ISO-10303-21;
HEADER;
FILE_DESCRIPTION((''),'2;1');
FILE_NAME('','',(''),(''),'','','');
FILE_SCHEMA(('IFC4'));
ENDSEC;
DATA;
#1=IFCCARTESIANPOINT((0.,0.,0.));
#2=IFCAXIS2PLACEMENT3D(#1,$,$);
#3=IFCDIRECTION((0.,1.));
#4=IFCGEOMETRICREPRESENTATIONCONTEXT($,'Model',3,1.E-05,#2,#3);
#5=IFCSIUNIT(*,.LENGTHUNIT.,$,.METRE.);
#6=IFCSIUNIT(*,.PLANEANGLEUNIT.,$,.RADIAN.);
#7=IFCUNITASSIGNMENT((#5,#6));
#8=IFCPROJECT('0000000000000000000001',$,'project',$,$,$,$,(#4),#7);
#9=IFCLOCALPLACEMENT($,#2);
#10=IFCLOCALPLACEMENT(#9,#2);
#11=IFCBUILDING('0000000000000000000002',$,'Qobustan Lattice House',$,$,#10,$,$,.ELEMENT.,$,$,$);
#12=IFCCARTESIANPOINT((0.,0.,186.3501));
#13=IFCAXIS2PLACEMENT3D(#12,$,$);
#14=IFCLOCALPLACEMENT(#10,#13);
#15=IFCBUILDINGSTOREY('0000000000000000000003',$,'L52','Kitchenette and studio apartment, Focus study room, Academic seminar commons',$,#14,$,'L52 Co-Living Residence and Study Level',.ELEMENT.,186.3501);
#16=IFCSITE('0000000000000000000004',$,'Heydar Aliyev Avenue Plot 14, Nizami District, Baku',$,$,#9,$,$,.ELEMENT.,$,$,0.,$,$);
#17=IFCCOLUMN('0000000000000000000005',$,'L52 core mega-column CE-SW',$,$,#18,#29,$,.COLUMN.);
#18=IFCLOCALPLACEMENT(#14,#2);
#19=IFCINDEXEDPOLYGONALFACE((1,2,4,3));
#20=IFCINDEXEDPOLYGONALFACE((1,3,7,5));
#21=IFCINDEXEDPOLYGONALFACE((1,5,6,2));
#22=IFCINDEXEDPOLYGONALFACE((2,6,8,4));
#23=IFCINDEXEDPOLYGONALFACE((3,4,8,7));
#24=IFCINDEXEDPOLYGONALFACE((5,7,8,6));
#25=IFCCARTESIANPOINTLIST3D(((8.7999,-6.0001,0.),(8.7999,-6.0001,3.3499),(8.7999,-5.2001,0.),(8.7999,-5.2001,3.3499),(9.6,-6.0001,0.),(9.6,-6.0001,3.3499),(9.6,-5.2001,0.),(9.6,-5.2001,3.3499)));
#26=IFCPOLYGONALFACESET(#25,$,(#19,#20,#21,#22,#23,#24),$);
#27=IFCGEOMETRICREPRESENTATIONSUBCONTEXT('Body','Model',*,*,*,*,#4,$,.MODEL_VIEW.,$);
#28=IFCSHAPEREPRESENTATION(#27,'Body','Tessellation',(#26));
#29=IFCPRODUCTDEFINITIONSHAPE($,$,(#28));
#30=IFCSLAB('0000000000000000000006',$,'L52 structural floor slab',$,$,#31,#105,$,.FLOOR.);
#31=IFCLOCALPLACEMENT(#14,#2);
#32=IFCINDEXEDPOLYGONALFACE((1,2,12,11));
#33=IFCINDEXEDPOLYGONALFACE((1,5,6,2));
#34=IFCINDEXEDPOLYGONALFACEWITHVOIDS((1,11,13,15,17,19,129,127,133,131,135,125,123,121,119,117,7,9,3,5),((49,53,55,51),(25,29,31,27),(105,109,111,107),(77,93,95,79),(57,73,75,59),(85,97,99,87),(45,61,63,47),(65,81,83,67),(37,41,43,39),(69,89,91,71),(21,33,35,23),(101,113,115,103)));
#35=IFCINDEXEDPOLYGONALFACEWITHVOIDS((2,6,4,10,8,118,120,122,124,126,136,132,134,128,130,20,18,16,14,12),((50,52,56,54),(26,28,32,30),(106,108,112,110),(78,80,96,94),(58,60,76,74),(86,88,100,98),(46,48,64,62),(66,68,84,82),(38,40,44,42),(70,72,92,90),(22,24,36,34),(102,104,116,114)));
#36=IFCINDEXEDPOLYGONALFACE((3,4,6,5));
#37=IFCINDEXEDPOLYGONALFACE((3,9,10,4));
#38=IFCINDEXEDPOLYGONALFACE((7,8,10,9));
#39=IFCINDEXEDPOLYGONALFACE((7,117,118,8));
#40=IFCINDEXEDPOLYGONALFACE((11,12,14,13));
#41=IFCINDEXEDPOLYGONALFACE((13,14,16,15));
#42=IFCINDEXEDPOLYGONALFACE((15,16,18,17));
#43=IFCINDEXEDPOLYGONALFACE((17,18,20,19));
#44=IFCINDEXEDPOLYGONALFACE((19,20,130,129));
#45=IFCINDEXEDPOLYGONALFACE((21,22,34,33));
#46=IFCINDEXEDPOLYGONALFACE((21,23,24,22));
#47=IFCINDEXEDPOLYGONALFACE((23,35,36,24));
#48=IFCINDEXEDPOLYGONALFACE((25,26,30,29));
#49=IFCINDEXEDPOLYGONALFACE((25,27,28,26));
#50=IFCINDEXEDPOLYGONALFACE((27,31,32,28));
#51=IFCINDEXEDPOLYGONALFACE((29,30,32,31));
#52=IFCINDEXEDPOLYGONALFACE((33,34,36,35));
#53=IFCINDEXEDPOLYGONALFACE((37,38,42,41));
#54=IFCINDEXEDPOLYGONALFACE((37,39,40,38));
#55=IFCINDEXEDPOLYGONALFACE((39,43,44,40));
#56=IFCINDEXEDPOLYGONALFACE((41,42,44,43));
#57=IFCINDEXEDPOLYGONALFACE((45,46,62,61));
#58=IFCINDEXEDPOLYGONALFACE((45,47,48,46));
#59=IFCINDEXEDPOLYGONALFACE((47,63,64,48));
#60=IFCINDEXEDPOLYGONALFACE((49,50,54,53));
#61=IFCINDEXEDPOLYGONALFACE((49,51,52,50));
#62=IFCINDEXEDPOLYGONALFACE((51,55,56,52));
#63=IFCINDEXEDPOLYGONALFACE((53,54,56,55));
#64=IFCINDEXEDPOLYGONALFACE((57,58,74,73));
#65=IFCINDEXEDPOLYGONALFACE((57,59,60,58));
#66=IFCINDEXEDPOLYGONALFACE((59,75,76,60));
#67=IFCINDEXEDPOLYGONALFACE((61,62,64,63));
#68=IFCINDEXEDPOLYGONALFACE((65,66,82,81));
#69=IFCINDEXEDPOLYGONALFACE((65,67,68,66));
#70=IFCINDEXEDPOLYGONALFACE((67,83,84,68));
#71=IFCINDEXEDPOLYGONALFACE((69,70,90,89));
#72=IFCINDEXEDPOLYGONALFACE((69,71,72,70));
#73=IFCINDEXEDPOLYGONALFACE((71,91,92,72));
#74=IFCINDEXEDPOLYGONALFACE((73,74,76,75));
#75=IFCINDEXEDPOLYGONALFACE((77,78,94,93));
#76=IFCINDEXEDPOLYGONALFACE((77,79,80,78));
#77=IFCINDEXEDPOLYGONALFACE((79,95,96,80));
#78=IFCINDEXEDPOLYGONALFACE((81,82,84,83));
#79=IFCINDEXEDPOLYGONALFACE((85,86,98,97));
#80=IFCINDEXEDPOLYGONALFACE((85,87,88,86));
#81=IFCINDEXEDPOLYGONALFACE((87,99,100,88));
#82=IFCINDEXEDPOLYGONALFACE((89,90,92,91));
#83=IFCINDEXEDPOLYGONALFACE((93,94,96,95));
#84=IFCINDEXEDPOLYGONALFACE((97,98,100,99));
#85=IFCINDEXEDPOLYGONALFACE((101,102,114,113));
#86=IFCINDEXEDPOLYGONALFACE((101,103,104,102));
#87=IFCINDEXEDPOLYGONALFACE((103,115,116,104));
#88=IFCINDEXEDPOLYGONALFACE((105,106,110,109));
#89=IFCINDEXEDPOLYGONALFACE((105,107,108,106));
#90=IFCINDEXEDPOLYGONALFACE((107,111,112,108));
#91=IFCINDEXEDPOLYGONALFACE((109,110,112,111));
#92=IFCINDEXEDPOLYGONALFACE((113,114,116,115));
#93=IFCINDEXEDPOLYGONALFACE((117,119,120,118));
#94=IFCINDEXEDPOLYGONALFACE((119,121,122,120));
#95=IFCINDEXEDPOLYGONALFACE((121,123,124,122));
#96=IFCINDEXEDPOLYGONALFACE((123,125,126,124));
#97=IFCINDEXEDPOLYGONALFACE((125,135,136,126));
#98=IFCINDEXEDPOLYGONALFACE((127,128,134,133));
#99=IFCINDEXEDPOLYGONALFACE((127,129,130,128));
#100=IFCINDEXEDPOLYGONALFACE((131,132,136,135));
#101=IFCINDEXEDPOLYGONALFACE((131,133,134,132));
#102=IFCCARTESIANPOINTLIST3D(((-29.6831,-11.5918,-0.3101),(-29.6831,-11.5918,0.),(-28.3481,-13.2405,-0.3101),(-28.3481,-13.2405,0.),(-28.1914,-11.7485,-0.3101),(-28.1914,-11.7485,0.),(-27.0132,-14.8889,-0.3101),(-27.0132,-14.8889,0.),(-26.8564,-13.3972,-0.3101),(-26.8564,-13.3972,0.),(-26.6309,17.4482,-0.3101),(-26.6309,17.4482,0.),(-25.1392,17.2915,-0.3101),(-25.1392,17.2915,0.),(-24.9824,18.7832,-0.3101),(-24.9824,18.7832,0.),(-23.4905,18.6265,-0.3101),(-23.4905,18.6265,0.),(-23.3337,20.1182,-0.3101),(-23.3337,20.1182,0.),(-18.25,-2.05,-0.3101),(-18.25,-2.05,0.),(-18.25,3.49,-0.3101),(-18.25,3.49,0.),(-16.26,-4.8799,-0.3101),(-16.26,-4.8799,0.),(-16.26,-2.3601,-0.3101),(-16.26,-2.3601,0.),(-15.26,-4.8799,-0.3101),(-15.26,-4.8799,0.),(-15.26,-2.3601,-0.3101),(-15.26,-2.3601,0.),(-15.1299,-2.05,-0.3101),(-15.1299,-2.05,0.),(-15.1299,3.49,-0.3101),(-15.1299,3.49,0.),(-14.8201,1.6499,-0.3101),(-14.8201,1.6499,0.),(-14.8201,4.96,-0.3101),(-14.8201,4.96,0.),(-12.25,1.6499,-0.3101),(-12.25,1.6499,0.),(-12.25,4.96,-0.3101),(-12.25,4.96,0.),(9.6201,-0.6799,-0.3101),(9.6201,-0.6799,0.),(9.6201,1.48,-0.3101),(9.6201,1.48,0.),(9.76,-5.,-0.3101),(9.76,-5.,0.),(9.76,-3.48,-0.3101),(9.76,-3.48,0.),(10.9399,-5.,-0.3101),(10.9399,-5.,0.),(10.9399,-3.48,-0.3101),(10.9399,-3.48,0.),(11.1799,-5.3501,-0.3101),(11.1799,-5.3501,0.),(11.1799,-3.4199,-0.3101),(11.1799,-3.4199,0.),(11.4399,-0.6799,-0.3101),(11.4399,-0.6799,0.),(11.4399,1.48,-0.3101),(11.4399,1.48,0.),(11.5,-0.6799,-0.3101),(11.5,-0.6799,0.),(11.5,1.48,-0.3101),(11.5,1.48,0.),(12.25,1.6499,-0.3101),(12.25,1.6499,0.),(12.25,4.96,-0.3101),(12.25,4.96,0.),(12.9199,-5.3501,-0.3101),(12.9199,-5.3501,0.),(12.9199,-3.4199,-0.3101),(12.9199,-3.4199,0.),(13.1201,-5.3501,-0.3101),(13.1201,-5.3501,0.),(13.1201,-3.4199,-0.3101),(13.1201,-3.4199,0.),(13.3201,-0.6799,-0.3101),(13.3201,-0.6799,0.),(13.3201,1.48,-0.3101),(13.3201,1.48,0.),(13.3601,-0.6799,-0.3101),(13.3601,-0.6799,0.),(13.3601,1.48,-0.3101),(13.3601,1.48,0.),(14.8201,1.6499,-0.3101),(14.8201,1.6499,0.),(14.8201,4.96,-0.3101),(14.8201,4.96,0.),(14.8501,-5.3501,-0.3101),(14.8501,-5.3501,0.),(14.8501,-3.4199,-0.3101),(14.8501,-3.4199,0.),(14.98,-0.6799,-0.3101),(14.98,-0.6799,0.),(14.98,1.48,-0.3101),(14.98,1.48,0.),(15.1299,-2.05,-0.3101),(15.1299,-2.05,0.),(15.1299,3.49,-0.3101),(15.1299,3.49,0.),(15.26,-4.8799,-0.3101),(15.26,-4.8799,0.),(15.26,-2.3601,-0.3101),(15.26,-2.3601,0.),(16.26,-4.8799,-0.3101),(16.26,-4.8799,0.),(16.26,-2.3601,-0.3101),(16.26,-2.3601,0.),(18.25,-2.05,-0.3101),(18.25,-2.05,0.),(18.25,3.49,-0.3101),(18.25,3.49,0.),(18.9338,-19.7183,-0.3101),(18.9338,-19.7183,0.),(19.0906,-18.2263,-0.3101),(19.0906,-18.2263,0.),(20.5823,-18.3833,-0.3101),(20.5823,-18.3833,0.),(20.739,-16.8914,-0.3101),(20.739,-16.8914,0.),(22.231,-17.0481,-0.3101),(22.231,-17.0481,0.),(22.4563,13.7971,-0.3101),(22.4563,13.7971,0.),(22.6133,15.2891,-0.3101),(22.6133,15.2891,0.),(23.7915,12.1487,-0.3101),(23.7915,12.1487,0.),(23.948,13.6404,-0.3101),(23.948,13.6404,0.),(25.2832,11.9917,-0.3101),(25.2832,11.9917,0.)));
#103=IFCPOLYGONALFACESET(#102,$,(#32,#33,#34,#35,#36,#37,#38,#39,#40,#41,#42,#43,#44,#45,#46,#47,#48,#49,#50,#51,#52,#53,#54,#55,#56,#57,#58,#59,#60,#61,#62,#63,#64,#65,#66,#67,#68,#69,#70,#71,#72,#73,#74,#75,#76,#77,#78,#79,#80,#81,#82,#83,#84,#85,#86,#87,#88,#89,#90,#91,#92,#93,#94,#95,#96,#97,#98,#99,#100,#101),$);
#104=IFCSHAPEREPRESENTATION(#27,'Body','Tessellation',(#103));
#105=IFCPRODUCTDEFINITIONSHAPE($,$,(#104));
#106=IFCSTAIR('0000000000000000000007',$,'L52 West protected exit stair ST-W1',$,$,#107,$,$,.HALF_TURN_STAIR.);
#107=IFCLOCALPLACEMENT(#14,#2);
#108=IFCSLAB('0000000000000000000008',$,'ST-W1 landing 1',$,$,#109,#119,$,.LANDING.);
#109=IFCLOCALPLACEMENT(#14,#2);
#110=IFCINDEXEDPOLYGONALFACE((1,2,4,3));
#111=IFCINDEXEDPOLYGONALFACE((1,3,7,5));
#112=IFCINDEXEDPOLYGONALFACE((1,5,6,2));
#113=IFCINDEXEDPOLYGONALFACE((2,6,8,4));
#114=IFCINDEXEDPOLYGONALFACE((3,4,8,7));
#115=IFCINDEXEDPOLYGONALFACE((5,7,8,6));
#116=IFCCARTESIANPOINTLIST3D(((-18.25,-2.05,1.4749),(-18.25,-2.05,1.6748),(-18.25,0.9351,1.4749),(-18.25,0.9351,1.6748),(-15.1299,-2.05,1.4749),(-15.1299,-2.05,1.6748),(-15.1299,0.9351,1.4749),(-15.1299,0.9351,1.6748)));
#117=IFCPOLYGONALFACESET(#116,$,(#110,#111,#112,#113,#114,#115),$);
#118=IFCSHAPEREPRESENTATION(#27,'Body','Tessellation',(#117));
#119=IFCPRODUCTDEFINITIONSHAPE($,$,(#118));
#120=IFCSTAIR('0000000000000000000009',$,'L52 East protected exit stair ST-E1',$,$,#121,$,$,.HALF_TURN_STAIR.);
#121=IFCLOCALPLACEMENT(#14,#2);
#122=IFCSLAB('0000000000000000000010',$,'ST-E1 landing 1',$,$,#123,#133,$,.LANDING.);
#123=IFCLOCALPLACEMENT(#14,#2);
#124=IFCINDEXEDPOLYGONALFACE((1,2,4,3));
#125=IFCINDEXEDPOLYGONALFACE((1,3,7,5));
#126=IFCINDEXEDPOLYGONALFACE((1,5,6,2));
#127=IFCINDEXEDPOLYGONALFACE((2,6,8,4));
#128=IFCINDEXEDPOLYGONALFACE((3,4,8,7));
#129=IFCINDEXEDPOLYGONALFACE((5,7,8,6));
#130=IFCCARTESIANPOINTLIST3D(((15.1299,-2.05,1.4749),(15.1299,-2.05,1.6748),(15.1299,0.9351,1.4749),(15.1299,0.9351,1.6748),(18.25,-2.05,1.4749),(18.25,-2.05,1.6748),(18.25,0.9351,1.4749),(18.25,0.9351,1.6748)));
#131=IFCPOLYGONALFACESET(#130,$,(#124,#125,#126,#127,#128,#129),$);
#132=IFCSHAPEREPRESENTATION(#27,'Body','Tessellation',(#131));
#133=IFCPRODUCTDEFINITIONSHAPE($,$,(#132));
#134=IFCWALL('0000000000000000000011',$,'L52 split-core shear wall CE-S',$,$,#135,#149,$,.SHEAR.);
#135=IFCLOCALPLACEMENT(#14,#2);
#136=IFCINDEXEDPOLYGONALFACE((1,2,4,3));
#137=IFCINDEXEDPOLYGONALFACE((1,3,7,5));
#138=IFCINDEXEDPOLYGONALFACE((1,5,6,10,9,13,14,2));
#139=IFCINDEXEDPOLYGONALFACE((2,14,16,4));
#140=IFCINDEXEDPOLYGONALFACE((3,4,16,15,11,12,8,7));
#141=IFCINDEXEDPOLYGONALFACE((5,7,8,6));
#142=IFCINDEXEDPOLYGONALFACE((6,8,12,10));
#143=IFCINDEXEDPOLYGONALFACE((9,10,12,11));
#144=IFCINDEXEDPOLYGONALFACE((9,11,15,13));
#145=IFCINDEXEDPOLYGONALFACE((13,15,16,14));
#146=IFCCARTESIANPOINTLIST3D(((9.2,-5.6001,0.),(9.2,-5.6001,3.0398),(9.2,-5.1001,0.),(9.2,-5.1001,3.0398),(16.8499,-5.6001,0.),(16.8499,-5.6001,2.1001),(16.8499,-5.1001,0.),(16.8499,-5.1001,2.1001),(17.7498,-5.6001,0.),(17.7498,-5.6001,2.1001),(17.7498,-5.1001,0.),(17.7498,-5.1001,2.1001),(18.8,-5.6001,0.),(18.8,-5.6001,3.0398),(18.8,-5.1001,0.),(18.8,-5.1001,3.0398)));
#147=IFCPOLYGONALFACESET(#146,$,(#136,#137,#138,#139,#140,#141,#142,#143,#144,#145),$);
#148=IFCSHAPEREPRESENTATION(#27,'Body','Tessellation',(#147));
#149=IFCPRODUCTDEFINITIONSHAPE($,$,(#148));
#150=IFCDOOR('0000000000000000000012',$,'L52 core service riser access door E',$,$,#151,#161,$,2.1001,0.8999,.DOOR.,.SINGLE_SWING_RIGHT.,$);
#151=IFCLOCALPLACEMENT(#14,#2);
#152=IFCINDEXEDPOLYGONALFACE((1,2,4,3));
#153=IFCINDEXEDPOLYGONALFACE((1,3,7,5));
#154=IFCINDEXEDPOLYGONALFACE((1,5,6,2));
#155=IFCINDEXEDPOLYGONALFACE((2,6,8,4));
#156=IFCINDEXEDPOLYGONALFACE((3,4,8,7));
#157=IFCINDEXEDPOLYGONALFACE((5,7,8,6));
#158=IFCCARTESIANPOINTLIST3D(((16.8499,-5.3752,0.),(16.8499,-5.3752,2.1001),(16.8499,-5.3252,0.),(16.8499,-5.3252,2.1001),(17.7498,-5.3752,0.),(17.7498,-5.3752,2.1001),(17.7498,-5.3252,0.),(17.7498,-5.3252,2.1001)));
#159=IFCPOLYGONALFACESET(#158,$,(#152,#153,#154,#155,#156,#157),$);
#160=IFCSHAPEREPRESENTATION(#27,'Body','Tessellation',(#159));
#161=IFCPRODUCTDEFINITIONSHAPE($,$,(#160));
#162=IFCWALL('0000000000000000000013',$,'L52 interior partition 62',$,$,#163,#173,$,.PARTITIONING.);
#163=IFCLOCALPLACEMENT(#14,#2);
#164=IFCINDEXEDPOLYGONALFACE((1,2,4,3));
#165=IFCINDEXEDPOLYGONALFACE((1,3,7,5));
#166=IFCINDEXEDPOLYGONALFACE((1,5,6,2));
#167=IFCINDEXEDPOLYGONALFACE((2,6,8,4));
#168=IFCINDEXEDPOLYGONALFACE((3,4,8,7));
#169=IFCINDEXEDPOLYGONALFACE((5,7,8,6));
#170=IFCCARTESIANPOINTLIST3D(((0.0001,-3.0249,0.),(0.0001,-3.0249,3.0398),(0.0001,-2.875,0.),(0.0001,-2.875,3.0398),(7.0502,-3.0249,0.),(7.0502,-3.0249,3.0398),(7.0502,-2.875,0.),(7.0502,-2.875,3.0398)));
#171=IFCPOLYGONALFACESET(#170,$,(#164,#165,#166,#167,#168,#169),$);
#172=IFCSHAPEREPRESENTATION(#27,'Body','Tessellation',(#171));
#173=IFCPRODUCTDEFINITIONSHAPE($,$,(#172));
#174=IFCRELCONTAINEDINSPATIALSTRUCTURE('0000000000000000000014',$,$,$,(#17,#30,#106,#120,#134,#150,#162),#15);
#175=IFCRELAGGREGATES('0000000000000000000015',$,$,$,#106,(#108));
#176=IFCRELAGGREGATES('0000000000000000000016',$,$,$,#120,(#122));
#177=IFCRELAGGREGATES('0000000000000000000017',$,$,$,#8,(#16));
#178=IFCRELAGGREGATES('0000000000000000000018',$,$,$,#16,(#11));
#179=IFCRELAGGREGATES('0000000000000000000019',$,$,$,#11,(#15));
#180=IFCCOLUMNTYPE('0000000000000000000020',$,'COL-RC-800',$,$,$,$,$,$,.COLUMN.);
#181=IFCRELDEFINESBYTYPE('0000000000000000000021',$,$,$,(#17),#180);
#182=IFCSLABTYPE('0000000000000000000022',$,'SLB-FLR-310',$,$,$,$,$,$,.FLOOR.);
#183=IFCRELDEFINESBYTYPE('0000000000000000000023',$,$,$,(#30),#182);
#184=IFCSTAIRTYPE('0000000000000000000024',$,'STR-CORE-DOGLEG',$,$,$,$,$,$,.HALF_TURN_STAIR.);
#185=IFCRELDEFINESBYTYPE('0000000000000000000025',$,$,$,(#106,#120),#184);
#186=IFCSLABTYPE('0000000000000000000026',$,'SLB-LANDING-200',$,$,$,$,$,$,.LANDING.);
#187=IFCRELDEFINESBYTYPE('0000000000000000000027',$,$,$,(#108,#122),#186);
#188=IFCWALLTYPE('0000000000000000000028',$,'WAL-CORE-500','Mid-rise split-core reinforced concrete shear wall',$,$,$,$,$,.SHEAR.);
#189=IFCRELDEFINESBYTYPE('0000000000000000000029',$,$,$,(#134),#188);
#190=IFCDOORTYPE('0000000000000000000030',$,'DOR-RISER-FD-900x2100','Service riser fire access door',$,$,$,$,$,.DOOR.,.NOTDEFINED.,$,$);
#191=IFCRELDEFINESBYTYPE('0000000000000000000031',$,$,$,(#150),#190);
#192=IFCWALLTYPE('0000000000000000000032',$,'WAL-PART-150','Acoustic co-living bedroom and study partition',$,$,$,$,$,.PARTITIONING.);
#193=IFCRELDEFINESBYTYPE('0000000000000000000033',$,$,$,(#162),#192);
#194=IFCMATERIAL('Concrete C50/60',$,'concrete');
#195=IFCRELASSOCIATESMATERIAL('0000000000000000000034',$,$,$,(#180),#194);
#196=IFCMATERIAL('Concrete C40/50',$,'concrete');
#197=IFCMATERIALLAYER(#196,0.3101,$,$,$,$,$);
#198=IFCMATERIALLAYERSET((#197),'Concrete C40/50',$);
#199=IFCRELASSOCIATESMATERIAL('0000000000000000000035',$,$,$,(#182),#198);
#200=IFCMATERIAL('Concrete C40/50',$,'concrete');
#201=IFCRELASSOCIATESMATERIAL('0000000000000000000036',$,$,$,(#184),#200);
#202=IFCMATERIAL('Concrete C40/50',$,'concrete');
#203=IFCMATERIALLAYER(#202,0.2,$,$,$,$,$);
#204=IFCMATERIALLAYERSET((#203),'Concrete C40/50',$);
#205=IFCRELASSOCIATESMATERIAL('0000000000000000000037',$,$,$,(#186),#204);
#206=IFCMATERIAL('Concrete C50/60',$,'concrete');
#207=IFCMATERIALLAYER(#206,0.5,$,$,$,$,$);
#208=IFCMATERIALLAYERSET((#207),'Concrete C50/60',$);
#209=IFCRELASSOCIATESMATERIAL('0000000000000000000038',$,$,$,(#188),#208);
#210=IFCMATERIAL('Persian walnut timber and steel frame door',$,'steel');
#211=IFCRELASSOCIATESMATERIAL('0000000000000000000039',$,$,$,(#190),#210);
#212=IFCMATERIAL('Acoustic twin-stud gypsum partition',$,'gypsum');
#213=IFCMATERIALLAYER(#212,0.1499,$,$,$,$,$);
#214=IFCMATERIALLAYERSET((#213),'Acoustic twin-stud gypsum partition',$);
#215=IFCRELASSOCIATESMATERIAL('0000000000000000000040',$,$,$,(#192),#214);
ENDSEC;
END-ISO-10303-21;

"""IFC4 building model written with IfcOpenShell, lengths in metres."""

from ifc_helpers import new_model, si_unit, direction, frame, frame_2d, origin, origin_2d, place, context, subcontext, project, spatial, polyline, rectangle, outline, extrude, material, layer, layer_set, material_profile, profile_set, type_object, element, fill, aggregate, save


model = new_model("IFC4")

# Units and contexts
model_context = context("Model", 3, precision=1e-05, world=origin(), true_north=direction((0.0, 1.0)))
body_context = subcontext(model_context, "Body", "Model", "MODEL_VIEW")
ifc_project = project(units=[si_unit("LENGTHUNIT", "METRE"), si_unit("PLANEANGLEUNIT", "RADIAN")], contexts=[model_context])

# Site, building, storey
site_placement = place(None, origin())
site = spatial("IfcSite", under=ifc_project, at=site_placement, Name="Heydar Aliyev Avenue Plot 14, Nizami District, Baku", CompositionType="ELEMENT", RefElevation=0.0)
building_placement = place(site_placement, origin())
building = spatial("IfcBuilding", under=site, at=building_placement, Name="Qobustan Lattice House", CompositionType="ELEMENT")
storey_placement = place(building_placement, frame((0.0, 0.0, 186.3501)))
storey = spatial("IfcBuildingStorey", under=building, at=storey_placement, Name="L52", Description="Kitchenette and studio apartment, Focus study room, Academic seminar commons", LongName="L52 Co-Living Residence and Study Level", CompositionType="ELEMENT", Elevation=186.3501)

# Column
ifc_material_1 = material(Name="Concrete C50/60", Category="concrete")
ifc_material_profile = material_profile(ifc_material_1, rectangle(XDim=0.8, YDim=0.8, at=origin_2d()), Name="RC800x800")
ifc_profile_set = profile_set([ifc_material_profile], Name="Concrete C50/60")
column_type = type_object("IfcColumnType", Name="COL-RC-800", PredefinedType="COLUMN", material=ifc_profile_set)
column_placement = place(storey_placement, frame((9.2, -5.6001, 0.0), z_axis=(0.0, 0.0, 1.0), x_axis=(1.0, 0.0, 0.0)))
element("IfcColumn", 1, at=column_placement, inside=storey, type_object=column_type, Name="L52 core mega-column CE-SW", PredefinedType="COLUMN", context=body_context, shape_type="SweptSolid", body=[
    extrude(rectangle(XDim=0.8, YDim=0.8, at=origin_2d()), origin(), (0.0, 0.0, 1.0), 3.3499),
])

# Slab
ifc_material_2 = material(Name="Concrete C40/50", Category="concrete")
ifc_layer_1 = layer(ifc_material_2, 0.3101)
ifc_layer_set_1 = layer_set([ifc_layer_1], Name="Concrete C40/50")
slab_type_1 = type_object("IfcSlabType", Name="SLB-FLR-310", PredefinedType="FLOOR", material=ifc_layer_set_1)
slab_1_placement = place(storey_placement, frame((0.0, 0.0, -0.3101)))
element("IfcSlab", 2, at=slab_1_placement, inside=storey, type_object=slab_type_1, Name="L52 structural floor slab", PredefinedType="FLOOR", context=body_context, shape_type="SweptSolid", body=[
    extrude(outline(polyline([(-27.0132, -14.8889), (18.9338, -19.7183), (19.0906, -18.2263), (20.5823, -18.3833), (20.739, -16.8914), (22.231, -17.0481), (25.2832, 11.9917), (23.7915, 12.1487), (23.948, 13.6404), (22.4563, 13.7971), (22.6133, 15.2891), (-23.3337, 20.1182), (-23.4905, 18.6265), (-24.9824, 18.7832), (-25.1392, 17.2915), (-26.6309, 17.4482), (-29.6831, -11.5918), (-28.1914, -11.7485), (-28.3481, -13.2405), (-26.8564, -13.3972), (-27.0132, -14.8889)]), holes=[polyline([(-18.25, -2.05), (-18.25, 3.49), (-15.1299, 3.49), (-15.1299, -2.05), (-18.25, -2.05)]), polyline([(15.1299, -2.05), (15.1299, 3.49), (18.25, 3.49), (18.25, -2.05), (15.1299, -2.05)]), polyline([(-14.8201, 1.6499), (-14.8201, 4.96), (-12.25, 4.96), (-12.25, 1.6499), (-14.8201, 1.6499)]), polyline([(12.25, 1.6499), (12.25, 4.96), (14.8201, 4.96), (14.8201, 1.6499), (12.25, 1.6499)]), polyline([(-16.26, -4.8799), (-16.26, -2.3601), (-15.26, -2.3601), (-15.26, -4.8799), (-16.26, -4.8799)]), polyline([(15.26, -4.8799), (15.26, -2.3601), (16.26, -2.3601), (16.26, -4.8799), (15.26, -4.8799)]), polyline([(11.1799, -5.3501), (11.1799, -3.4199), (12.9199, -3.4199), (12.9199, -5.3501), (11.1799, -5.3501)]), polyline([(13.1201, -5.3501), (13.1201, -3.4199), (14.8501, -3.4199), (14.8501, -5.3501), (13.1201, -5.3501)]), polyline([(9.76, -5.0), (9.76, -3.48), (10.9399, -3.48), (10.9399, -5.0), (9.76, -5.0)]), polyline([(13.3601, -0.6799), (13.3601, 1.48), (14.98, 1.48), (14.98, -0.6799), (13.3601, -0.6799)]), polyline([(9.6201, -0.6799), (9.6201, 1.48), (11.4399, 1.48), (11.4399, -0.6799), (9.6201, -0.6799)]), polyline([(11.5, -0.6799), (11.5, 1.48), (13.3201, 1.48), (13.3201, -0.6799), (11.5, -0.6799)])]), origin(), (0.0, 0.0, 1.0), 0.3101),
])

# Stairs, slabs
ifc_material_3 = material(Name="Concrete C40/50", Category="concrete")
stair_type = type_object("IfcStairType", Name="STR-CORE-DOGLEG", PredefinedType="HALF_TURN_STAIR", material=ifc_material_3)
stair_1_placement = place(storey_placement, origin())
stair_1 = element("IfcStair", 3, at=stair_1_placement, inside=storey, type_object=stair_type, Name="L52 West protected exit stair ST-W1", PredefinedType="HALF_TURN_STAIR")
ifc_material_4 = material(Name="Concrete C40/50", Category="concrete")
ifc_layer_2 = layer(ifc_material_4, 0.2)
ifc_layer_set_2 = layer_set([ifc_layer_2], Name="Concrete C40/50")
slab_type_2 = type_object("IfcSlabType", Name="SLB-LANDING-200", PredefinedType="LANDING", material=ifc_layer_set_2)
slab_2_placement = place(storey_placement, frame((0.0, 0.0, 1.4749)))
slab_2 = element("IfcSlab", 4, at=slab_2_placement, type_object=slab_type_2, Name="ST-W1 landing 1", PredefinedType="LANDING", context=body_context, shape_type="SweptSolid", body=[
    extrude(outline(polyline([(-18.25, 0.9351), (-18.25, -2.05), (-15.1299, -2.05), (-15.1299, 0.9351), (-18.25, 0.9351)])), origin(), (0.0, 0.0, 1.0), 0.2),
])
aggregate(stair_1, [slab_2])
stair_2_placement = place(storey_placement, origin())
stair_2 = element("IfcStair", 5, at=stair_2_placement, inside=storey, type_object=stair_type, Name="L52 East protected exit stair ST-E1", PredefinedType="HALF_TURN_STAIR")
slab_3_placement = place(storey_placement, frame((0.0, 0.0, 1.4749)))
slab_3 = element("IfcSlab", 6, at=slab_3_placement, type_object=slab_type_2, Name="ST-E1 landing 1", PredefinedType="LANDING", context=body_context, shape_type="SweptSolid", body=[
    extrude(outline(polyline([(15.1299, 0.9351), (15.1299, -2.05), (18.25, -2.05), (18.25, 0.9351), (15.1299, 0.9351)])), origin(), (0.0, 0.0, 1.0), 0.2),
])
aggregate(stair_2, [slab_3])

# Wall, opening, door
ifc_material_5 = material(Name="Concrete C50/60", Category="concrete")
ifc_layer_3 = layer(ifc_material_5, 0.5)
ifc_layer_set_3 = layer_set([ifc_layer_3], Name="Concrete C50/60")
wall_type_1 = type_object("IfcWallType", Name="WAL-CORE-500", Description="Mid-rise split-core reinforced concrete shear wall", PredefinedType="SHEAR", material=ifc_layer_set_3)
wall_1_placement = place(storey_placement, frame((9.2, -5.3501, 0.0), z_axis=(0.0, 0.0, 1.0), x_axis=(1.0, 0.0, 0.0)))
wall_1 = element("IfcWall", 7, at=wall_1_placement, inside=storey, type_object=wall_type_1, Name="L52 split-core shear wall CE-S", PredefinedType="SHEAR", context=body_context, shape_type="SweptSolid", body=[
    extrude(rectangle(XDim=9.6001, YDim=0.5, at=frame_2d((4.8, 0.0))), origin(), (0.0, 0.0, 1.0), 3.0398),
])
opening_1_placement = place(wall_1_placement, frame((7.6499, 0.0, 0.0)))
opening_1 = element("IfcOpeningElement", 8, at=opening_1_placement, cuts=wall_1, PredefinedType="OPENING", context=body_context, shape_type="SweptSolid", body=[
    extrude(rectangle(XDim=0.8999, YDim=2.1001, at=frame_2d((0.45, 1.05))), frame((0.0, 0.26, 0.0), z_axis=(0.0, -1.0, 0.0), x_axis=(1.0, 0.0, 0.0)), (0.0, 0.0, 1.0), 0.52),
])
ifc_material_6 = material(Name="Persian walnut timber and steel frame door", Category="steel")
door_type_1 = type_object("IfcDoorType", Name="DOR-RISER-FD-900x2100", Description="Service riser fire access door", OperationType="NOTDEFINED", PredefinedType="DOOR", material=ifc_material_6)
door_1_placement = place(opening_1_placement, origin())
door_1 = element("IfcDoor", 9, at=door_1_placement, inside=storey, type_object=door_type_1, Name="L52 core service riser access door E", OperationType="SINGLE_SWING_RIGHT", OverallHeight=2.1001, OverallWidth=0.8999, PredefinedType="DOOR", context=body_context, shape_type="SweptSolid", body=[
    extrude(rectangle(XDim=0.8999, YDim=2.1001, at=frame_2d((0.45, 1.05))), frame((0.0, 0.0249, 0.0), z_axis=(0.0, -1.0, 0.0), x_axis=(1.0, 0.0, 0.0)), (0.0, 0.0, 1.0), 0.05),
])
fill(opening_1, door_1)

# Wall
ifc_material_7 = material(Name="Acoustic twin-stud gypsum partition", Category="gypsum")
ifc_layer_4 = layer(ifc_material_7, 0.1499)
ifc_layer_set_4 = layer_set([ifc_layer_4], Name="Acoustic twin-stud gypsum partition")
wall_type_2 = type_object("IfcWallType", Name="WAL-PART-150", Description="Acoustic co-living bedroom and study partition", PredefinedType="PARTITIONING", material=ifc_layer_set_4)
wall_2_placement = place(storey_placement, frame((7.05, -2.95, 0.0), z_axis=(0.0, 0.0, 1.0), x_axis=(-1.0, 0.0, 0.0)))
element("IfcWall", 10, at=wall_2_placement, inside=storey, type_object=wall_type_2, Name="L52 interior partition 62", PredefinedType="PARTITIONING", context=body_context, shape_type="SweptSolid", body=[
    extrude(rectangle(XDim=7.05, YDim=0.1499, at=frame_2d((3.5249, 0.0))), origin(), (0.0, 0.0, 1.0), 3.0398),
])

save(model, "model.ifc")
